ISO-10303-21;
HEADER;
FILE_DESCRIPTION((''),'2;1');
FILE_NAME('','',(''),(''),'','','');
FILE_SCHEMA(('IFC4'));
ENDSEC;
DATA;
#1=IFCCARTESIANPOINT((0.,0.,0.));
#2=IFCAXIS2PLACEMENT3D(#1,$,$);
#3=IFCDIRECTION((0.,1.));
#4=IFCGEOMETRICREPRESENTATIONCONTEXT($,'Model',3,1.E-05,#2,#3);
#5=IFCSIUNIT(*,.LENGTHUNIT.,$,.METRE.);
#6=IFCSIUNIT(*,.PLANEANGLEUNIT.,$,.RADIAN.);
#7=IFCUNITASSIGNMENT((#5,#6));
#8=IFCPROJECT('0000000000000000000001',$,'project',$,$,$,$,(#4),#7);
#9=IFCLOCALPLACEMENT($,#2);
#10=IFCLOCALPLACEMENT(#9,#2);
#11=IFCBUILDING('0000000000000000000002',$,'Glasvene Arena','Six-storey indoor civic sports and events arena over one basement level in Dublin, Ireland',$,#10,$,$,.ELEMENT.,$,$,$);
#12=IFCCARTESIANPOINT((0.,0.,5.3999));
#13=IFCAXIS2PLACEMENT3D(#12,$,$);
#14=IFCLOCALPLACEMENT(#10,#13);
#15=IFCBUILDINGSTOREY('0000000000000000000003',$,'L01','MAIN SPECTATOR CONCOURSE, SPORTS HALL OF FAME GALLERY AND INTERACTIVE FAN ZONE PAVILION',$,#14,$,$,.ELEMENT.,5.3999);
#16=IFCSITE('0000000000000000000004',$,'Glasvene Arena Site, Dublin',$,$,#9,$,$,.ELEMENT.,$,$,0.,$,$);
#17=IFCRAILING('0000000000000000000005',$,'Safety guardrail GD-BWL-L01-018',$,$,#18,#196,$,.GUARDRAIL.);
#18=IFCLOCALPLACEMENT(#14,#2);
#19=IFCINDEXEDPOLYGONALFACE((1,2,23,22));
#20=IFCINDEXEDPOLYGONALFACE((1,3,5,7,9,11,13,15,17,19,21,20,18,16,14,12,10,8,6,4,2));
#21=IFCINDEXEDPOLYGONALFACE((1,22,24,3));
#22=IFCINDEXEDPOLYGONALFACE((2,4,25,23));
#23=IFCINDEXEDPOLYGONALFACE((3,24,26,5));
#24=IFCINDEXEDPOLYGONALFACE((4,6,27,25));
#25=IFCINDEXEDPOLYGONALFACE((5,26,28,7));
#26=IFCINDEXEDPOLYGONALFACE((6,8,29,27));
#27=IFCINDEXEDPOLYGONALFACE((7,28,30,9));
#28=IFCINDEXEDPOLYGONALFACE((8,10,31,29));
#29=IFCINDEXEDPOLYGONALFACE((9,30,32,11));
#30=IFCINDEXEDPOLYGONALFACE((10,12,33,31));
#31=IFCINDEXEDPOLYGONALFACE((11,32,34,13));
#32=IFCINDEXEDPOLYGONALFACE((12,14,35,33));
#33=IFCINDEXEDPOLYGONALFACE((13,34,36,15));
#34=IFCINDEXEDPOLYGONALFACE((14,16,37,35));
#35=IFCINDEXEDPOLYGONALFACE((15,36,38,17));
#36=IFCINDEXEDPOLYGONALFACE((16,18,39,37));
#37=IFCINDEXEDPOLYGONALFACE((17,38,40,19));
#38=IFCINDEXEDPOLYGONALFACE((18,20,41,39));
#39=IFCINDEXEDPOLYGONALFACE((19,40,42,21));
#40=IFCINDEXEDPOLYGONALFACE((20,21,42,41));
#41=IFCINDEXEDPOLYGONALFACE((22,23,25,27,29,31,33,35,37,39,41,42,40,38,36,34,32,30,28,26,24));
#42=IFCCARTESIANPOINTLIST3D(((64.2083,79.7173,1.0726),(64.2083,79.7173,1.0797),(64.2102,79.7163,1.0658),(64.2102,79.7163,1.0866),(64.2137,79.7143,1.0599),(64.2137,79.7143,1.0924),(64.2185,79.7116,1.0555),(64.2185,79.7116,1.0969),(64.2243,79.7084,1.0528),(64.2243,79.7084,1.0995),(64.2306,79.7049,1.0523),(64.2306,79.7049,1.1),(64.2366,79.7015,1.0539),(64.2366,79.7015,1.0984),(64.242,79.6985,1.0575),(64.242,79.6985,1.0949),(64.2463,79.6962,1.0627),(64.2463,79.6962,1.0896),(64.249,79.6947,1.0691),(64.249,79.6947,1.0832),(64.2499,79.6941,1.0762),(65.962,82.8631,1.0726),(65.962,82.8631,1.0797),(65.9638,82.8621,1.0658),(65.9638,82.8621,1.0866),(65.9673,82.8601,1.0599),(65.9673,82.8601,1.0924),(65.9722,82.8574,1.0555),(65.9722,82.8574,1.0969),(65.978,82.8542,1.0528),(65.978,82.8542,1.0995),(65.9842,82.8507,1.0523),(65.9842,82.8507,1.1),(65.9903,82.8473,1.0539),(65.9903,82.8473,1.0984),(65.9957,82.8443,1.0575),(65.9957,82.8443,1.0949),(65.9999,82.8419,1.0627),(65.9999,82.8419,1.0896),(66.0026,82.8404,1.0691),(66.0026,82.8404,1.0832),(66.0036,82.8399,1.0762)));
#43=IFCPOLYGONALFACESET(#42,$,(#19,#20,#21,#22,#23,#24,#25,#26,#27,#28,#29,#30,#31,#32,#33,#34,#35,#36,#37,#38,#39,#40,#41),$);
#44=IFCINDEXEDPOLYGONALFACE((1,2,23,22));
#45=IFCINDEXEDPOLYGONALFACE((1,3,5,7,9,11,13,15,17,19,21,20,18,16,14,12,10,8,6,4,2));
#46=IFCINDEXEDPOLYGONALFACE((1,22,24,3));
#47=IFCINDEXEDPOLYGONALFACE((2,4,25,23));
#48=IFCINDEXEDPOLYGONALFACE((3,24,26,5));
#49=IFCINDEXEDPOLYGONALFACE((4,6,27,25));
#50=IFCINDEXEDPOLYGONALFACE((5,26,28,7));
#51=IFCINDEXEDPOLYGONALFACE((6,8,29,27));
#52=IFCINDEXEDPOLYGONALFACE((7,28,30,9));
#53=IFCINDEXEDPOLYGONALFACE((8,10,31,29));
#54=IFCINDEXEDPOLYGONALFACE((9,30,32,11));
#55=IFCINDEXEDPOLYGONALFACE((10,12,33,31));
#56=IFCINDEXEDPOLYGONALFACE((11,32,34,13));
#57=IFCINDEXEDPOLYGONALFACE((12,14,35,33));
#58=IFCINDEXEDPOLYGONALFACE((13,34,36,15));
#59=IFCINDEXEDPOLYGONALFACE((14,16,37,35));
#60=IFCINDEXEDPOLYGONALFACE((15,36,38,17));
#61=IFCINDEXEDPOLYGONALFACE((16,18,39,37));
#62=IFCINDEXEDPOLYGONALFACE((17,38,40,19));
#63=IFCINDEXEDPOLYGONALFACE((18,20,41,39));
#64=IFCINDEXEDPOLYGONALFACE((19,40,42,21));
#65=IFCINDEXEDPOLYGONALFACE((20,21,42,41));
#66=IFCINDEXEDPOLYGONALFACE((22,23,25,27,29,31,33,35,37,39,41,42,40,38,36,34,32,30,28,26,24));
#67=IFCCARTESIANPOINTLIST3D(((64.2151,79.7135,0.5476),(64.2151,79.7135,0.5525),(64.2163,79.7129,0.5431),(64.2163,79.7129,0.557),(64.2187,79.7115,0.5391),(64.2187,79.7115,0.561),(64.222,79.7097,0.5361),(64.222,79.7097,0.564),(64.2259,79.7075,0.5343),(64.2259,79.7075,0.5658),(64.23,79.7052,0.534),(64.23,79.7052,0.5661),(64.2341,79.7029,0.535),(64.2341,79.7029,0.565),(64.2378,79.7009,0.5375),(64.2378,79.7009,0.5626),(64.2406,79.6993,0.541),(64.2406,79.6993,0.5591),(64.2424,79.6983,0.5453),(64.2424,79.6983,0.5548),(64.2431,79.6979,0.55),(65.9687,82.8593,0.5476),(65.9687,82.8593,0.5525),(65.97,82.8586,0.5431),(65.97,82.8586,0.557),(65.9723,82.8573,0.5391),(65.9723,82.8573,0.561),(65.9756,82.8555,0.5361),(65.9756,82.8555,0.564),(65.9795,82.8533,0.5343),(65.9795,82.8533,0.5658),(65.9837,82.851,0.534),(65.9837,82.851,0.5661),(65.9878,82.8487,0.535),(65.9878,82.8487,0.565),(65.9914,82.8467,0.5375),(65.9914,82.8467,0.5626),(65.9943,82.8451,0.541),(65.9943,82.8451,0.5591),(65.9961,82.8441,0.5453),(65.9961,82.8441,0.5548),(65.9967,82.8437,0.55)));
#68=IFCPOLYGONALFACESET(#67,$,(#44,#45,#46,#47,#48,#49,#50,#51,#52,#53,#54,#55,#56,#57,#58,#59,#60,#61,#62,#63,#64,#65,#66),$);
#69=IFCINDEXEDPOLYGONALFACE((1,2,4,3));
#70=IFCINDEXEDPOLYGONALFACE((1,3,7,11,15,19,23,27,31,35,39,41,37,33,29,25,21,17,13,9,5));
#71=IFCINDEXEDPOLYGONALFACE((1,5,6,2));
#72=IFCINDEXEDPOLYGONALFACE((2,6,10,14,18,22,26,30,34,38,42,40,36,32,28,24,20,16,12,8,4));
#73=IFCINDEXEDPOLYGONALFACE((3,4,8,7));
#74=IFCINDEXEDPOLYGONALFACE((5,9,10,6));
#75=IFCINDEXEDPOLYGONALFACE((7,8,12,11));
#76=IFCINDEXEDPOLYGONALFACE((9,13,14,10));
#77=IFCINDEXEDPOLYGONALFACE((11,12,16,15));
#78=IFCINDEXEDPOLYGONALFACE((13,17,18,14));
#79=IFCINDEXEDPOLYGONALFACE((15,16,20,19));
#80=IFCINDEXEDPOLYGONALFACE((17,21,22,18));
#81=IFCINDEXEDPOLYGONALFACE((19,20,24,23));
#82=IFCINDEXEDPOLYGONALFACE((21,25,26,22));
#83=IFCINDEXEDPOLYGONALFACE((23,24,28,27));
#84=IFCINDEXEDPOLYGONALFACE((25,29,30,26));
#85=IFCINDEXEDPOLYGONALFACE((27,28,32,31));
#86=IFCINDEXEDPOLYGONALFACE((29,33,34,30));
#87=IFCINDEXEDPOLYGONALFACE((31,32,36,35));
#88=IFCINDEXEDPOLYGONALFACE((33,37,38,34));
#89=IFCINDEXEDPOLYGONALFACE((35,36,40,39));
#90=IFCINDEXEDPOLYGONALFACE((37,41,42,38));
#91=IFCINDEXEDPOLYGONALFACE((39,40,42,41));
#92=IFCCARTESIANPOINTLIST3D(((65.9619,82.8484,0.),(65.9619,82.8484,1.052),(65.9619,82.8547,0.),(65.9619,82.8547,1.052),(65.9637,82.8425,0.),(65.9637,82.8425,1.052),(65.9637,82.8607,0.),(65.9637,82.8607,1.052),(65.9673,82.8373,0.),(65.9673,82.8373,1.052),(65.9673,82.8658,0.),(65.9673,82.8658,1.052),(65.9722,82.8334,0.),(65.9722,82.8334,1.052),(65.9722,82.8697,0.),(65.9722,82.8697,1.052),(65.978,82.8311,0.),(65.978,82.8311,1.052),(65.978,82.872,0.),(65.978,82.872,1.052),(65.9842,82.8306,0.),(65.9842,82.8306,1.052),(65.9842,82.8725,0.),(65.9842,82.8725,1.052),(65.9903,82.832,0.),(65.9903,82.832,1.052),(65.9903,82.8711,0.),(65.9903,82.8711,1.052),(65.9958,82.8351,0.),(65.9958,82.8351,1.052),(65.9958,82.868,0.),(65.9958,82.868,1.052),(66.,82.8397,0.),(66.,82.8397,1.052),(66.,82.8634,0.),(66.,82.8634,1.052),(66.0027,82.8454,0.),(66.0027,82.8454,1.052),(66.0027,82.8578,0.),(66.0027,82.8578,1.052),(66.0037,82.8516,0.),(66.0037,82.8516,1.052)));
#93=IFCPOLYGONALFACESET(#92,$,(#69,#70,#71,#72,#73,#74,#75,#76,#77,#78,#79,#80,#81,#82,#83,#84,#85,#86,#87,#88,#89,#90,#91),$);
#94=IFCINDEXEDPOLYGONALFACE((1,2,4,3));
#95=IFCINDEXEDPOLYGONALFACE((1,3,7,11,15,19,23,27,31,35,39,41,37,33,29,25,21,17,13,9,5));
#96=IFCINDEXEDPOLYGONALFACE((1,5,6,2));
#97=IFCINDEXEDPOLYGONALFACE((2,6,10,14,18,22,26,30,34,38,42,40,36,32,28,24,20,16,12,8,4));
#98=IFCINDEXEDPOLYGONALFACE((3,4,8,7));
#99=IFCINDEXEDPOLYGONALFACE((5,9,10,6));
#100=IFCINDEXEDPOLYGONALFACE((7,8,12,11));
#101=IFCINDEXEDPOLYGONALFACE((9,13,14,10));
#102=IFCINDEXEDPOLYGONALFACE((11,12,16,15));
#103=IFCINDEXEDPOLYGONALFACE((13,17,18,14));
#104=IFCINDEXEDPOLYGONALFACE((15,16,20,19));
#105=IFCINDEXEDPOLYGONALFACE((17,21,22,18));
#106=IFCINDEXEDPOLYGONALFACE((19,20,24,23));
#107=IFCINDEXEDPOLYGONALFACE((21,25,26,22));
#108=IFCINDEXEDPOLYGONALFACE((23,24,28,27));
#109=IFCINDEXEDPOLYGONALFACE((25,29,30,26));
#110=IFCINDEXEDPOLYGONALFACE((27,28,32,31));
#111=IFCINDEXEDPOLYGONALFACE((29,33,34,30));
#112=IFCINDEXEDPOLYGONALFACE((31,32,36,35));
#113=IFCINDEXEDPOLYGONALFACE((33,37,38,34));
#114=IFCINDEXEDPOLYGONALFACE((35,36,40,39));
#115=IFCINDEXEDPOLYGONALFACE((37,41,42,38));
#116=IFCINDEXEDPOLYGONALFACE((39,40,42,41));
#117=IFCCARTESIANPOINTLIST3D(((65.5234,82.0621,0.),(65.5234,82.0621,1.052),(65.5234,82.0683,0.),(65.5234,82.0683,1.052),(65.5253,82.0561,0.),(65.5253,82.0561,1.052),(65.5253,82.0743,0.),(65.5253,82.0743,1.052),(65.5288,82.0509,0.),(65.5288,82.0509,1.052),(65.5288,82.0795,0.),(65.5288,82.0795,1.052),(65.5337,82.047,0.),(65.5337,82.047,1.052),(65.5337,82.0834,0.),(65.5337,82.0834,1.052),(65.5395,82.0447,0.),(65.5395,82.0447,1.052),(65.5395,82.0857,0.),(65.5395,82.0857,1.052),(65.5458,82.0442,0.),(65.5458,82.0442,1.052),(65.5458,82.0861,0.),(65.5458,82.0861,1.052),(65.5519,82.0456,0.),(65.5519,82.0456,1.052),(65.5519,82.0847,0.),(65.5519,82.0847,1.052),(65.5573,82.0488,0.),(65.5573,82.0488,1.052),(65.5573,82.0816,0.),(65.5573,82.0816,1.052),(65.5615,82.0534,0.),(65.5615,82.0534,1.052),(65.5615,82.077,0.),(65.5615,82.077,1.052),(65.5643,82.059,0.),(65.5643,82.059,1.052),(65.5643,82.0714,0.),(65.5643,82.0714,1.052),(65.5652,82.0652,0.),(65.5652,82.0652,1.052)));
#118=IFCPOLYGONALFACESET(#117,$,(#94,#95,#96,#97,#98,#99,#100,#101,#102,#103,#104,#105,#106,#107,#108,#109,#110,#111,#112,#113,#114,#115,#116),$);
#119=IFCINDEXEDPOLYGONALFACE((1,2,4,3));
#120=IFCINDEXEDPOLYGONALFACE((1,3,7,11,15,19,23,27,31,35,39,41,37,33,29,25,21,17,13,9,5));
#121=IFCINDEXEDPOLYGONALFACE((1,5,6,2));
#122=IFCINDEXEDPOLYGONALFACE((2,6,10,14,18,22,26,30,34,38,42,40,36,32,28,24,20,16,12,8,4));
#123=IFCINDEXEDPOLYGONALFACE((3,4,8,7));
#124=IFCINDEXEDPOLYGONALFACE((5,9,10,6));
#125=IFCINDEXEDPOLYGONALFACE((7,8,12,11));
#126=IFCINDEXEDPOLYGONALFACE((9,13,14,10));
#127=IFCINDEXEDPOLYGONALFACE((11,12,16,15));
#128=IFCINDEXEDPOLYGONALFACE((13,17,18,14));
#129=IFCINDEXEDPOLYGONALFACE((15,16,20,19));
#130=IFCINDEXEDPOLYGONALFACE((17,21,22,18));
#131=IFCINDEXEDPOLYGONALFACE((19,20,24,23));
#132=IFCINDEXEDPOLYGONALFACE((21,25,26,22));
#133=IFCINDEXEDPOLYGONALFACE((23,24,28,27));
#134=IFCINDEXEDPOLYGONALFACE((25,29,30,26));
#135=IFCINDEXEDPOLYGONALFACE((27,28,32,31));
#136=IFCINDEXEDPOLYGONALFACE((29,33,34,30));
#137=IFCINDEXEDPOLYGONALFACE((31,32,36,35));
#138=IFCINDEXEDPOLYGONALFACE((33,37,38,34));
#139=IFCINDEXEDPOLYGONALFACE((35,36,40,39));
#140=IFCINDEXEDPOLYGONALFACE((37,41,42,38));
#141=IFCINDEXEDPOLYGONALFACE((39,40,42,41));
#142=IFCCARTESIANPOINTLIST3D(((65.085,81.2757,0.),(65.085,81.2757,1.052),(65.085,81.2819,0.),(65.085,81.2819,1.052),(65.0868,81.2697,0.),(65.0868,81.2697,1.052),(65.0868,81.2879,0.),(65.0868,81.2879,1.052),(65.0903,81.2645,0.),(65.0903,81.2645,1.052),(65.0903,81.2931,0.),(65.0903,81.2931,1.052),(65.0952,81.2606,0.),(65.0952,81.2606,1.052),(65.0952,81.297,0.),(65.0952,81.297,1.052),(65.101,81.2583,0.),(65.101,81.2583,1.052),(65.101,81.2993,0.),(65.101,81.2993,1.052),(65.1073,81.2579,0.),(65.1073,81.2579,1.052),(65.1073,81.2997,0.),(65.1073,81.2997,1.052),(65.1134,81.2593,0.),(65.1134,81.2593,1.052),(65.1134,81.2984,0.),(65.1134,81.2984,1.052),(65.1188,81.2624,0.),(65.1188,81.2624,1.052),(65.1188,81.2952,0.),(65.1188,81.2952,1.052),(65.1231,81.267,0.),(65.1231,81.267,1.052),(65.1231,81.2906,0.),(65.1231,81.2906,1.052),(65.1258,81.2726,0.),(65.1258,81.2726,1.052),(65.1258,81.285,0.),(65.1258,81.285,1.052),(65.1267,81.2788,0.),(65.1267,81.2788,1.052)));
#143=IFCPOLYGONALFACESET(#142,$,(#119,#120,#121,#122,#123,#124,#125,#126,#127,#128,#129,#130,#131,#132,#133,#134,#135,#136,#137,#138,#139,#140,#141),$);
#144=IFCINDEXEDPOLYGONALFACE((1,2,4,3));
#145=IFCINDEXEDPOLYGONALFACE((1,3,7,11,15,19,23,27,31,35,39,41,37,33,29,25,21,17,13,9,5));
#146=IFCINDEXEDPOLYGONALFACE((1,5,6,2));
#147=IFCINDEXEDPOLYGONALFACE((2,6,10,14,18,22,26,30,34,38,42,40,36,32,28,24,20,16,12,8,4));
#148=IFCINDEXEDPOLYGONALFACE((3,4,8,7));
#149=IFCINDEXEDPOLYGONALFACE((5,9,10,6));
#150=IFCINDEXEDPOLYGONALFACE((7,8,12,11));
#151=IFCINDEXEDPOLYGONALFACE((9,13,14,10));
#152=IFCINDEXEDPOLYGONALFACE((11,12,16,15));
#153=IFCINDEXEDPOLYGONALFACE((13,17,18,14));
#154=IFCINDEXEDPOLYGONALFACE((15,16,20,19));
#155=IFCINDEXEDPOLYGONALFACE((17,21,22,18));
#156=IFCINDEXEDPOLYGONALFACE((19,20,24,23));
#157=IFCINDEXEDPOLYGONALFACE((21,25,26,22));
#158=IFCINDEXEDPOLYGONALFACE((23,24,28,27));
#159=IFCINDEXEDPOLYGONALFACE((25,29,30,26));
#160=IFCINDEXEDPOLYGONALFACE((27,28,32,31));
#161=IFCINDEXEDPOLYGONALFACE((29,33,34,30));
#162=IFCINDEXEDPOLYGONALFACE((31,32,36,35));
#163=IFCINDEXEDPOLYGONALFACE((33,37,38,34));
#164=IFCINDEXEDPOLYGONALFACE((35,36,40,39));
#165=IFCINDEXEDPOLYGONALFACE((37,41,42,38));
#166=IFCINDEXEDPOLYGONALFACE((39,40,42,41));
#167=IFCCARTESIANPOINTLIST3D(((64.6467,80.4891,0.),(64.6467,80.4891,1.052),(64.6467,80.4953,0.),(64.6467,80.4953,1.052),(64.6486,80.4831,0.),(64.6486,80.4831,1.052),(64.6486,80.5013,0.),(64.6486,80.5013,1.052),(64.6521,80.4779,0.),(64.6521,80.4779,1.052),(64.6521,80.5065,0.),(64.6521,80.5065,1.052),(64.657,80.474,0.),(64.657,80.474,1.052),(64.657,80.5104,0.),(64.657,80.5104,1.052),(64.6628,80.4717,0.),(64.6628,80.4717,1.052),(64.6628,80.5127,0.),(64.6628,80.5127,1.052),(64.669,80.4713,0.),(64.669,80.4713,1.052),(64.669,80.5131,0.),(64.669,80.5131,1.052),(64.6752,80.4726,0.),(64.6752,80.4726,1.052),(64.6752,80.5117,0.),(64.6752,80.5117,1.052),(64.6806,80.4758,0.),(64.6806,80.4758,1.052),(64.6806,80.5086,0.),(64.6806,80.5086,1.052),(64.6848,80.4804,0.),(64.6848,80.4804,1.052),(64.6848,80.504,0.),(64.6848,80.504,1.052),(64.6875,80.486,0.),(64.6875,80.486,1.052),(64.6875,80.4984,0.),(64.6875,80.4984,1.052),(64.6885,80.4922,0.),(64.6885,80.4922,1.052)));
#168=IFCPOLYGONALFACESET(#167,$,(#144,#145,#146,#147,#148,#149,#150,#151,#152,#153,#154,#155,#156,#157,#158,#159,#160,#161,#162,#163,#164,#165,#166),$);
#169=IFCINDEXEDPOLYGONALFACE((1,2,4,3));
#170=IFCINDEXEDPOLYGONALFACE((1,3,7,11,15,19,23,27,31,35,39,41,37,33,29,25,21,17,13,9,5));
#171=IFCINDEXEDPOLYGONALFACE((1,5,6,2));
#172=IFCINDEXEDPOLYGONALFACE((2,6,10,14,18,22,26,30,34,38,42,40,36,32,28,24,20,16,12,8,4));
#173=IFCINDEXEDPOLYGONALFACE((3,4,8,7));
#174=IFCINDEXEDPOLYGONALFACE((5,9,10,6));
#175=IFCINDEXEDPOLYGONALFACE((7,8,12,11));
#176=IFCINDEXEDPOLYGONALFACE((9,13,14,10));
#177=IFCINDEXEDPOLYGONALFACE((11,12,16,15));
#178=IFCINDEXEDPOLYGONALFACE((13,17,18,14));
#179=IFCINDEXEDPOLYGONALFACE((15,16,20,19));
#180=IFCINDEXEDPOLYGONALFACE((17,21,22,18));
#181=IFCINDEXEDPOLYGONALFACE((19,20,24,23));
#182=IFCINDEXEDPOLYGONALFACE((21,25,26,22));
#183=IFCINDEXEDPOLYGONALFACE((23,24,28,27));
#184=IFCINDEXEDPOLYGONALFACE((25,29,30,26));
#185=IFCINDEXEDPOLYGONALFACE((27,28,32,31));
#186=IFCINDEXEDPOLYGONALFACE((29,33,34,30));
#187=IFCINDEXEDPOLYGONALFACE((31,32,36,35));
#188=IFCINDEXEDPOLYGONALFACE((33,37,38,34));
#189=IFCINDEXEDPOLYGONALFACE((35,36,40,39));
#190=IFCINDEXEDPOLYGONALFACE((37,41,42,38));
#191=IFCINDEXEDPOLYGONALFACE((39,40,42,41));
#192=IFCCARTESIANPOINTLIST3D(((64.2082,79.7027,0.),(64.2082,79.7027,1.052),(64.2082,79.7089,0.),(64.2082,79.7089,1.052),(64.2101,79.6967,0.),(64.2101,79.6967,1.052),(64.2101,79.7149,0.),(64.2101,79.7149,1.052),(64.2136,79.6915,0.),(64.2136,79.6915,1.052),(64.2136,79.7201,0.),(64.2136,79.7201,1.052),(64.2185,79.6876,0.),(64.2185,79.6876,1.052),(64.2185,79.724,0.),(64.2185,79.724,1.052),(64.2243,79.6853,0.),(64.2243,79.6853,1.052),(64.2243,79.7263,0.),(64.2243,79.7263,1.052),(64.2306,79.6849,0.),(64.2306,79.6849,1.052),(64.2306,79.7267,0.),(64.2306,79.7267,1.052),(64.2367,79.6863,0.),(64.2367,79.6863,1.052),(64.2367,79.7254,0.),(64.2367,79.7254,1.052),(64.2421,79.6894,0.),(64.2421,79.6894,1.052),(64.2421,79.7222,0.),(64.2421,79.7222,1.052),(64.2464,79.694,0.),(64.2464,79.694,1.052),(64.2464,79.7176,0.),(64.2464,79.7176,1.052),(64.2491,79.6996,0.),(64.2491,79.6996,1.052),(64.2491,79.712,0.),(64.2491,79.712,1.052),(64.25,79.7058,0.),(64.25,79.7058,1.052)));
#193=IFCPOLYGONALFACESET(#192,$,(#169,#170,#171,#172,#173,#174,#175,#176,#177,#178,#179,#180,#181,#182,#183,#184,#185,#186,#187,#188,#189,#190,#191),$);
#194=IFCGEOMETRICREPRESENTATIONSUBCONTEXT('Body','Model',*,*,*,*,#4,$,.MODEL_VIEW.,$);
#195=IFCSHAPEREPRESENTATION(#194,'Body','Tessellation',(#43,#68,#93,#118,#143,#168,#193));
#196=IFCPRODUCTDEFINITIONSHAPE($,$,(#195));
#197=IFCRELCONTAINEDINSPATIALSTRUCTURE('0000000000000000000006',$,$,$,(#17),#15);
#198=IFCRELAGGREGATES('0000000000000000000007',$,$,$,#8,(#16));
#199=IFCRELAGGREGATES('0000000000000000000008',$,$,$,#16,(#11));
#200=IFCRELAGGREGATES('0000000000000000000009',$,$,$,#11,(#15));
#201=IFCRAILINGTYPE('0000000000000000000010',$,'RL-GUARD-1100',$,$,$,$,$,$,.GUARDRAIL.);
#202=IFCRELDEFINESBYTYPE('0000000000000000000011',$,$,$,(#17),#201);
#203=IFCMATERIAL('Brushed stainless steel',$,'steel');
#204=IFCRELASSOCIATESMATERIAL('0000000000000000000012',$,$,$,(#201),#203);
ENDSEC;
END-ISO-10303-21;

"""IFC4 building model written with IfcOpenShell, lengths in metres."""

from ifc_helpers import new_model, si_unit, direction, frame, origin, origin_2d, place, context, subcontext, project, spatial, circle, extrude, material, type_object, element, save


model = new_model("IFC4")

# Units and contexts
model_context = context("Model", 3, precision=1e-05, world=origin(), true_north=direction((0.0, 1.0)))
body_context = subcontext(model_context, "Body", "Model", "MODEL_VIEW")
ifc_project = project(units=[si_unit("LENGTHUNIT", "METRE"), si_unit("PLANEANGLEUNIT", "RADIAN")], contexts=[model_context])

# Site, building, storey
site_placement = place(None, origin())
site = spatial("IfcSite", under=ifc_project, at=site_placement, Name="Glasvene Arena Site, Dublin", CompositionType="ELEMENT", RefElevation=0.0)
building_placement = place(site_placement, origin())
building = spatial("IfcBuilding", under=site, at=building_placement, Name="Glasvene Arena", Description="Six-storey indoor civic sports and events arena over one basement level in Dublin, Ireland", CompositionType="ELEMENT")
storey_placement = place(building_placement, frame((0.0, 0.0, 5.3999)))
storey = spatial("IfcBuildingStorey", under=building, at=storey_placement, Name="L01", Description="MAIN SPECTATOR CONCOURSE, SPORTS HALL OF FAME GALLERY AND INTERACTIVE FAN ZONE PAVILION", CompositionType="ELEMENT", Elevation=5.3999)

# Railing
ifc_material_1 = material(Name="Brushed stainless steel", Category="steel")
railing_type = type_object("IfcRailingType", Name="RL-GUARD-1100", PredefinedType="GUARDRAIL", material=ifc_material_1)
railing_1_placement = place(storey_placement, frame((65.9827, 82.8516, 0.0)))
element("IfcRailing", 1, at=railing_1_placement, inside=storey, type_object=railing_type, Name="Safety guardrail GD-BWL-L01-018", PredefinedType="GUARDRAIL", context=body_context, shape_type="SweptSolid", body=[
    extrude(circle(Radius=0.0239, at=origin_2d()), frame((0.0, 0.0, 1.0762), z_axis=(-0.48692, -0.873446, 0.0), x_axis=(0.873446, -0.48692, 0.0)), (0.0, 0.0, 1.0), 3.6016),
    extrude(circle(Radius=0.0161, at=origin_2d()), frame((0.0, 0.0, 0.55), z_axis=(-0.48692, -0.873446, 0.0), x_axis=(0.873446, -0.48692, 0.0)), (0.0, 0.0, 1.0), 3.6016),
    extrude(circle(Radius=0.021, at=origin_2d()), origin(), (0.0, 0.0, 1.0), 1.052),
    extrude(circle(Radius=0.021, at=origin_2d()), frame((-0.4385, -0.7864, 0.0)), (0.0, 0.0, 1.0), 1.052),
    extrude(circle(Radius=0.021, at=origin_2d()), frame((-0.877, -1.5728, 0.0)), (0.0, 0.0, 1.0), 1.052),
    extrude(circle(Radius=0.021, at=origin_2d()), frame((-1.3152, -2.3594, 0.0)), (0.0, 0.0, 1.0), 1.052),
    extrude(circle(Radius=0.021, at=origin_2d()), frame((-1.7537, -3.1458, 0.0)), (0.0, 0.0, 1.0), 1.052),
])

save(model, "model.ifc")
